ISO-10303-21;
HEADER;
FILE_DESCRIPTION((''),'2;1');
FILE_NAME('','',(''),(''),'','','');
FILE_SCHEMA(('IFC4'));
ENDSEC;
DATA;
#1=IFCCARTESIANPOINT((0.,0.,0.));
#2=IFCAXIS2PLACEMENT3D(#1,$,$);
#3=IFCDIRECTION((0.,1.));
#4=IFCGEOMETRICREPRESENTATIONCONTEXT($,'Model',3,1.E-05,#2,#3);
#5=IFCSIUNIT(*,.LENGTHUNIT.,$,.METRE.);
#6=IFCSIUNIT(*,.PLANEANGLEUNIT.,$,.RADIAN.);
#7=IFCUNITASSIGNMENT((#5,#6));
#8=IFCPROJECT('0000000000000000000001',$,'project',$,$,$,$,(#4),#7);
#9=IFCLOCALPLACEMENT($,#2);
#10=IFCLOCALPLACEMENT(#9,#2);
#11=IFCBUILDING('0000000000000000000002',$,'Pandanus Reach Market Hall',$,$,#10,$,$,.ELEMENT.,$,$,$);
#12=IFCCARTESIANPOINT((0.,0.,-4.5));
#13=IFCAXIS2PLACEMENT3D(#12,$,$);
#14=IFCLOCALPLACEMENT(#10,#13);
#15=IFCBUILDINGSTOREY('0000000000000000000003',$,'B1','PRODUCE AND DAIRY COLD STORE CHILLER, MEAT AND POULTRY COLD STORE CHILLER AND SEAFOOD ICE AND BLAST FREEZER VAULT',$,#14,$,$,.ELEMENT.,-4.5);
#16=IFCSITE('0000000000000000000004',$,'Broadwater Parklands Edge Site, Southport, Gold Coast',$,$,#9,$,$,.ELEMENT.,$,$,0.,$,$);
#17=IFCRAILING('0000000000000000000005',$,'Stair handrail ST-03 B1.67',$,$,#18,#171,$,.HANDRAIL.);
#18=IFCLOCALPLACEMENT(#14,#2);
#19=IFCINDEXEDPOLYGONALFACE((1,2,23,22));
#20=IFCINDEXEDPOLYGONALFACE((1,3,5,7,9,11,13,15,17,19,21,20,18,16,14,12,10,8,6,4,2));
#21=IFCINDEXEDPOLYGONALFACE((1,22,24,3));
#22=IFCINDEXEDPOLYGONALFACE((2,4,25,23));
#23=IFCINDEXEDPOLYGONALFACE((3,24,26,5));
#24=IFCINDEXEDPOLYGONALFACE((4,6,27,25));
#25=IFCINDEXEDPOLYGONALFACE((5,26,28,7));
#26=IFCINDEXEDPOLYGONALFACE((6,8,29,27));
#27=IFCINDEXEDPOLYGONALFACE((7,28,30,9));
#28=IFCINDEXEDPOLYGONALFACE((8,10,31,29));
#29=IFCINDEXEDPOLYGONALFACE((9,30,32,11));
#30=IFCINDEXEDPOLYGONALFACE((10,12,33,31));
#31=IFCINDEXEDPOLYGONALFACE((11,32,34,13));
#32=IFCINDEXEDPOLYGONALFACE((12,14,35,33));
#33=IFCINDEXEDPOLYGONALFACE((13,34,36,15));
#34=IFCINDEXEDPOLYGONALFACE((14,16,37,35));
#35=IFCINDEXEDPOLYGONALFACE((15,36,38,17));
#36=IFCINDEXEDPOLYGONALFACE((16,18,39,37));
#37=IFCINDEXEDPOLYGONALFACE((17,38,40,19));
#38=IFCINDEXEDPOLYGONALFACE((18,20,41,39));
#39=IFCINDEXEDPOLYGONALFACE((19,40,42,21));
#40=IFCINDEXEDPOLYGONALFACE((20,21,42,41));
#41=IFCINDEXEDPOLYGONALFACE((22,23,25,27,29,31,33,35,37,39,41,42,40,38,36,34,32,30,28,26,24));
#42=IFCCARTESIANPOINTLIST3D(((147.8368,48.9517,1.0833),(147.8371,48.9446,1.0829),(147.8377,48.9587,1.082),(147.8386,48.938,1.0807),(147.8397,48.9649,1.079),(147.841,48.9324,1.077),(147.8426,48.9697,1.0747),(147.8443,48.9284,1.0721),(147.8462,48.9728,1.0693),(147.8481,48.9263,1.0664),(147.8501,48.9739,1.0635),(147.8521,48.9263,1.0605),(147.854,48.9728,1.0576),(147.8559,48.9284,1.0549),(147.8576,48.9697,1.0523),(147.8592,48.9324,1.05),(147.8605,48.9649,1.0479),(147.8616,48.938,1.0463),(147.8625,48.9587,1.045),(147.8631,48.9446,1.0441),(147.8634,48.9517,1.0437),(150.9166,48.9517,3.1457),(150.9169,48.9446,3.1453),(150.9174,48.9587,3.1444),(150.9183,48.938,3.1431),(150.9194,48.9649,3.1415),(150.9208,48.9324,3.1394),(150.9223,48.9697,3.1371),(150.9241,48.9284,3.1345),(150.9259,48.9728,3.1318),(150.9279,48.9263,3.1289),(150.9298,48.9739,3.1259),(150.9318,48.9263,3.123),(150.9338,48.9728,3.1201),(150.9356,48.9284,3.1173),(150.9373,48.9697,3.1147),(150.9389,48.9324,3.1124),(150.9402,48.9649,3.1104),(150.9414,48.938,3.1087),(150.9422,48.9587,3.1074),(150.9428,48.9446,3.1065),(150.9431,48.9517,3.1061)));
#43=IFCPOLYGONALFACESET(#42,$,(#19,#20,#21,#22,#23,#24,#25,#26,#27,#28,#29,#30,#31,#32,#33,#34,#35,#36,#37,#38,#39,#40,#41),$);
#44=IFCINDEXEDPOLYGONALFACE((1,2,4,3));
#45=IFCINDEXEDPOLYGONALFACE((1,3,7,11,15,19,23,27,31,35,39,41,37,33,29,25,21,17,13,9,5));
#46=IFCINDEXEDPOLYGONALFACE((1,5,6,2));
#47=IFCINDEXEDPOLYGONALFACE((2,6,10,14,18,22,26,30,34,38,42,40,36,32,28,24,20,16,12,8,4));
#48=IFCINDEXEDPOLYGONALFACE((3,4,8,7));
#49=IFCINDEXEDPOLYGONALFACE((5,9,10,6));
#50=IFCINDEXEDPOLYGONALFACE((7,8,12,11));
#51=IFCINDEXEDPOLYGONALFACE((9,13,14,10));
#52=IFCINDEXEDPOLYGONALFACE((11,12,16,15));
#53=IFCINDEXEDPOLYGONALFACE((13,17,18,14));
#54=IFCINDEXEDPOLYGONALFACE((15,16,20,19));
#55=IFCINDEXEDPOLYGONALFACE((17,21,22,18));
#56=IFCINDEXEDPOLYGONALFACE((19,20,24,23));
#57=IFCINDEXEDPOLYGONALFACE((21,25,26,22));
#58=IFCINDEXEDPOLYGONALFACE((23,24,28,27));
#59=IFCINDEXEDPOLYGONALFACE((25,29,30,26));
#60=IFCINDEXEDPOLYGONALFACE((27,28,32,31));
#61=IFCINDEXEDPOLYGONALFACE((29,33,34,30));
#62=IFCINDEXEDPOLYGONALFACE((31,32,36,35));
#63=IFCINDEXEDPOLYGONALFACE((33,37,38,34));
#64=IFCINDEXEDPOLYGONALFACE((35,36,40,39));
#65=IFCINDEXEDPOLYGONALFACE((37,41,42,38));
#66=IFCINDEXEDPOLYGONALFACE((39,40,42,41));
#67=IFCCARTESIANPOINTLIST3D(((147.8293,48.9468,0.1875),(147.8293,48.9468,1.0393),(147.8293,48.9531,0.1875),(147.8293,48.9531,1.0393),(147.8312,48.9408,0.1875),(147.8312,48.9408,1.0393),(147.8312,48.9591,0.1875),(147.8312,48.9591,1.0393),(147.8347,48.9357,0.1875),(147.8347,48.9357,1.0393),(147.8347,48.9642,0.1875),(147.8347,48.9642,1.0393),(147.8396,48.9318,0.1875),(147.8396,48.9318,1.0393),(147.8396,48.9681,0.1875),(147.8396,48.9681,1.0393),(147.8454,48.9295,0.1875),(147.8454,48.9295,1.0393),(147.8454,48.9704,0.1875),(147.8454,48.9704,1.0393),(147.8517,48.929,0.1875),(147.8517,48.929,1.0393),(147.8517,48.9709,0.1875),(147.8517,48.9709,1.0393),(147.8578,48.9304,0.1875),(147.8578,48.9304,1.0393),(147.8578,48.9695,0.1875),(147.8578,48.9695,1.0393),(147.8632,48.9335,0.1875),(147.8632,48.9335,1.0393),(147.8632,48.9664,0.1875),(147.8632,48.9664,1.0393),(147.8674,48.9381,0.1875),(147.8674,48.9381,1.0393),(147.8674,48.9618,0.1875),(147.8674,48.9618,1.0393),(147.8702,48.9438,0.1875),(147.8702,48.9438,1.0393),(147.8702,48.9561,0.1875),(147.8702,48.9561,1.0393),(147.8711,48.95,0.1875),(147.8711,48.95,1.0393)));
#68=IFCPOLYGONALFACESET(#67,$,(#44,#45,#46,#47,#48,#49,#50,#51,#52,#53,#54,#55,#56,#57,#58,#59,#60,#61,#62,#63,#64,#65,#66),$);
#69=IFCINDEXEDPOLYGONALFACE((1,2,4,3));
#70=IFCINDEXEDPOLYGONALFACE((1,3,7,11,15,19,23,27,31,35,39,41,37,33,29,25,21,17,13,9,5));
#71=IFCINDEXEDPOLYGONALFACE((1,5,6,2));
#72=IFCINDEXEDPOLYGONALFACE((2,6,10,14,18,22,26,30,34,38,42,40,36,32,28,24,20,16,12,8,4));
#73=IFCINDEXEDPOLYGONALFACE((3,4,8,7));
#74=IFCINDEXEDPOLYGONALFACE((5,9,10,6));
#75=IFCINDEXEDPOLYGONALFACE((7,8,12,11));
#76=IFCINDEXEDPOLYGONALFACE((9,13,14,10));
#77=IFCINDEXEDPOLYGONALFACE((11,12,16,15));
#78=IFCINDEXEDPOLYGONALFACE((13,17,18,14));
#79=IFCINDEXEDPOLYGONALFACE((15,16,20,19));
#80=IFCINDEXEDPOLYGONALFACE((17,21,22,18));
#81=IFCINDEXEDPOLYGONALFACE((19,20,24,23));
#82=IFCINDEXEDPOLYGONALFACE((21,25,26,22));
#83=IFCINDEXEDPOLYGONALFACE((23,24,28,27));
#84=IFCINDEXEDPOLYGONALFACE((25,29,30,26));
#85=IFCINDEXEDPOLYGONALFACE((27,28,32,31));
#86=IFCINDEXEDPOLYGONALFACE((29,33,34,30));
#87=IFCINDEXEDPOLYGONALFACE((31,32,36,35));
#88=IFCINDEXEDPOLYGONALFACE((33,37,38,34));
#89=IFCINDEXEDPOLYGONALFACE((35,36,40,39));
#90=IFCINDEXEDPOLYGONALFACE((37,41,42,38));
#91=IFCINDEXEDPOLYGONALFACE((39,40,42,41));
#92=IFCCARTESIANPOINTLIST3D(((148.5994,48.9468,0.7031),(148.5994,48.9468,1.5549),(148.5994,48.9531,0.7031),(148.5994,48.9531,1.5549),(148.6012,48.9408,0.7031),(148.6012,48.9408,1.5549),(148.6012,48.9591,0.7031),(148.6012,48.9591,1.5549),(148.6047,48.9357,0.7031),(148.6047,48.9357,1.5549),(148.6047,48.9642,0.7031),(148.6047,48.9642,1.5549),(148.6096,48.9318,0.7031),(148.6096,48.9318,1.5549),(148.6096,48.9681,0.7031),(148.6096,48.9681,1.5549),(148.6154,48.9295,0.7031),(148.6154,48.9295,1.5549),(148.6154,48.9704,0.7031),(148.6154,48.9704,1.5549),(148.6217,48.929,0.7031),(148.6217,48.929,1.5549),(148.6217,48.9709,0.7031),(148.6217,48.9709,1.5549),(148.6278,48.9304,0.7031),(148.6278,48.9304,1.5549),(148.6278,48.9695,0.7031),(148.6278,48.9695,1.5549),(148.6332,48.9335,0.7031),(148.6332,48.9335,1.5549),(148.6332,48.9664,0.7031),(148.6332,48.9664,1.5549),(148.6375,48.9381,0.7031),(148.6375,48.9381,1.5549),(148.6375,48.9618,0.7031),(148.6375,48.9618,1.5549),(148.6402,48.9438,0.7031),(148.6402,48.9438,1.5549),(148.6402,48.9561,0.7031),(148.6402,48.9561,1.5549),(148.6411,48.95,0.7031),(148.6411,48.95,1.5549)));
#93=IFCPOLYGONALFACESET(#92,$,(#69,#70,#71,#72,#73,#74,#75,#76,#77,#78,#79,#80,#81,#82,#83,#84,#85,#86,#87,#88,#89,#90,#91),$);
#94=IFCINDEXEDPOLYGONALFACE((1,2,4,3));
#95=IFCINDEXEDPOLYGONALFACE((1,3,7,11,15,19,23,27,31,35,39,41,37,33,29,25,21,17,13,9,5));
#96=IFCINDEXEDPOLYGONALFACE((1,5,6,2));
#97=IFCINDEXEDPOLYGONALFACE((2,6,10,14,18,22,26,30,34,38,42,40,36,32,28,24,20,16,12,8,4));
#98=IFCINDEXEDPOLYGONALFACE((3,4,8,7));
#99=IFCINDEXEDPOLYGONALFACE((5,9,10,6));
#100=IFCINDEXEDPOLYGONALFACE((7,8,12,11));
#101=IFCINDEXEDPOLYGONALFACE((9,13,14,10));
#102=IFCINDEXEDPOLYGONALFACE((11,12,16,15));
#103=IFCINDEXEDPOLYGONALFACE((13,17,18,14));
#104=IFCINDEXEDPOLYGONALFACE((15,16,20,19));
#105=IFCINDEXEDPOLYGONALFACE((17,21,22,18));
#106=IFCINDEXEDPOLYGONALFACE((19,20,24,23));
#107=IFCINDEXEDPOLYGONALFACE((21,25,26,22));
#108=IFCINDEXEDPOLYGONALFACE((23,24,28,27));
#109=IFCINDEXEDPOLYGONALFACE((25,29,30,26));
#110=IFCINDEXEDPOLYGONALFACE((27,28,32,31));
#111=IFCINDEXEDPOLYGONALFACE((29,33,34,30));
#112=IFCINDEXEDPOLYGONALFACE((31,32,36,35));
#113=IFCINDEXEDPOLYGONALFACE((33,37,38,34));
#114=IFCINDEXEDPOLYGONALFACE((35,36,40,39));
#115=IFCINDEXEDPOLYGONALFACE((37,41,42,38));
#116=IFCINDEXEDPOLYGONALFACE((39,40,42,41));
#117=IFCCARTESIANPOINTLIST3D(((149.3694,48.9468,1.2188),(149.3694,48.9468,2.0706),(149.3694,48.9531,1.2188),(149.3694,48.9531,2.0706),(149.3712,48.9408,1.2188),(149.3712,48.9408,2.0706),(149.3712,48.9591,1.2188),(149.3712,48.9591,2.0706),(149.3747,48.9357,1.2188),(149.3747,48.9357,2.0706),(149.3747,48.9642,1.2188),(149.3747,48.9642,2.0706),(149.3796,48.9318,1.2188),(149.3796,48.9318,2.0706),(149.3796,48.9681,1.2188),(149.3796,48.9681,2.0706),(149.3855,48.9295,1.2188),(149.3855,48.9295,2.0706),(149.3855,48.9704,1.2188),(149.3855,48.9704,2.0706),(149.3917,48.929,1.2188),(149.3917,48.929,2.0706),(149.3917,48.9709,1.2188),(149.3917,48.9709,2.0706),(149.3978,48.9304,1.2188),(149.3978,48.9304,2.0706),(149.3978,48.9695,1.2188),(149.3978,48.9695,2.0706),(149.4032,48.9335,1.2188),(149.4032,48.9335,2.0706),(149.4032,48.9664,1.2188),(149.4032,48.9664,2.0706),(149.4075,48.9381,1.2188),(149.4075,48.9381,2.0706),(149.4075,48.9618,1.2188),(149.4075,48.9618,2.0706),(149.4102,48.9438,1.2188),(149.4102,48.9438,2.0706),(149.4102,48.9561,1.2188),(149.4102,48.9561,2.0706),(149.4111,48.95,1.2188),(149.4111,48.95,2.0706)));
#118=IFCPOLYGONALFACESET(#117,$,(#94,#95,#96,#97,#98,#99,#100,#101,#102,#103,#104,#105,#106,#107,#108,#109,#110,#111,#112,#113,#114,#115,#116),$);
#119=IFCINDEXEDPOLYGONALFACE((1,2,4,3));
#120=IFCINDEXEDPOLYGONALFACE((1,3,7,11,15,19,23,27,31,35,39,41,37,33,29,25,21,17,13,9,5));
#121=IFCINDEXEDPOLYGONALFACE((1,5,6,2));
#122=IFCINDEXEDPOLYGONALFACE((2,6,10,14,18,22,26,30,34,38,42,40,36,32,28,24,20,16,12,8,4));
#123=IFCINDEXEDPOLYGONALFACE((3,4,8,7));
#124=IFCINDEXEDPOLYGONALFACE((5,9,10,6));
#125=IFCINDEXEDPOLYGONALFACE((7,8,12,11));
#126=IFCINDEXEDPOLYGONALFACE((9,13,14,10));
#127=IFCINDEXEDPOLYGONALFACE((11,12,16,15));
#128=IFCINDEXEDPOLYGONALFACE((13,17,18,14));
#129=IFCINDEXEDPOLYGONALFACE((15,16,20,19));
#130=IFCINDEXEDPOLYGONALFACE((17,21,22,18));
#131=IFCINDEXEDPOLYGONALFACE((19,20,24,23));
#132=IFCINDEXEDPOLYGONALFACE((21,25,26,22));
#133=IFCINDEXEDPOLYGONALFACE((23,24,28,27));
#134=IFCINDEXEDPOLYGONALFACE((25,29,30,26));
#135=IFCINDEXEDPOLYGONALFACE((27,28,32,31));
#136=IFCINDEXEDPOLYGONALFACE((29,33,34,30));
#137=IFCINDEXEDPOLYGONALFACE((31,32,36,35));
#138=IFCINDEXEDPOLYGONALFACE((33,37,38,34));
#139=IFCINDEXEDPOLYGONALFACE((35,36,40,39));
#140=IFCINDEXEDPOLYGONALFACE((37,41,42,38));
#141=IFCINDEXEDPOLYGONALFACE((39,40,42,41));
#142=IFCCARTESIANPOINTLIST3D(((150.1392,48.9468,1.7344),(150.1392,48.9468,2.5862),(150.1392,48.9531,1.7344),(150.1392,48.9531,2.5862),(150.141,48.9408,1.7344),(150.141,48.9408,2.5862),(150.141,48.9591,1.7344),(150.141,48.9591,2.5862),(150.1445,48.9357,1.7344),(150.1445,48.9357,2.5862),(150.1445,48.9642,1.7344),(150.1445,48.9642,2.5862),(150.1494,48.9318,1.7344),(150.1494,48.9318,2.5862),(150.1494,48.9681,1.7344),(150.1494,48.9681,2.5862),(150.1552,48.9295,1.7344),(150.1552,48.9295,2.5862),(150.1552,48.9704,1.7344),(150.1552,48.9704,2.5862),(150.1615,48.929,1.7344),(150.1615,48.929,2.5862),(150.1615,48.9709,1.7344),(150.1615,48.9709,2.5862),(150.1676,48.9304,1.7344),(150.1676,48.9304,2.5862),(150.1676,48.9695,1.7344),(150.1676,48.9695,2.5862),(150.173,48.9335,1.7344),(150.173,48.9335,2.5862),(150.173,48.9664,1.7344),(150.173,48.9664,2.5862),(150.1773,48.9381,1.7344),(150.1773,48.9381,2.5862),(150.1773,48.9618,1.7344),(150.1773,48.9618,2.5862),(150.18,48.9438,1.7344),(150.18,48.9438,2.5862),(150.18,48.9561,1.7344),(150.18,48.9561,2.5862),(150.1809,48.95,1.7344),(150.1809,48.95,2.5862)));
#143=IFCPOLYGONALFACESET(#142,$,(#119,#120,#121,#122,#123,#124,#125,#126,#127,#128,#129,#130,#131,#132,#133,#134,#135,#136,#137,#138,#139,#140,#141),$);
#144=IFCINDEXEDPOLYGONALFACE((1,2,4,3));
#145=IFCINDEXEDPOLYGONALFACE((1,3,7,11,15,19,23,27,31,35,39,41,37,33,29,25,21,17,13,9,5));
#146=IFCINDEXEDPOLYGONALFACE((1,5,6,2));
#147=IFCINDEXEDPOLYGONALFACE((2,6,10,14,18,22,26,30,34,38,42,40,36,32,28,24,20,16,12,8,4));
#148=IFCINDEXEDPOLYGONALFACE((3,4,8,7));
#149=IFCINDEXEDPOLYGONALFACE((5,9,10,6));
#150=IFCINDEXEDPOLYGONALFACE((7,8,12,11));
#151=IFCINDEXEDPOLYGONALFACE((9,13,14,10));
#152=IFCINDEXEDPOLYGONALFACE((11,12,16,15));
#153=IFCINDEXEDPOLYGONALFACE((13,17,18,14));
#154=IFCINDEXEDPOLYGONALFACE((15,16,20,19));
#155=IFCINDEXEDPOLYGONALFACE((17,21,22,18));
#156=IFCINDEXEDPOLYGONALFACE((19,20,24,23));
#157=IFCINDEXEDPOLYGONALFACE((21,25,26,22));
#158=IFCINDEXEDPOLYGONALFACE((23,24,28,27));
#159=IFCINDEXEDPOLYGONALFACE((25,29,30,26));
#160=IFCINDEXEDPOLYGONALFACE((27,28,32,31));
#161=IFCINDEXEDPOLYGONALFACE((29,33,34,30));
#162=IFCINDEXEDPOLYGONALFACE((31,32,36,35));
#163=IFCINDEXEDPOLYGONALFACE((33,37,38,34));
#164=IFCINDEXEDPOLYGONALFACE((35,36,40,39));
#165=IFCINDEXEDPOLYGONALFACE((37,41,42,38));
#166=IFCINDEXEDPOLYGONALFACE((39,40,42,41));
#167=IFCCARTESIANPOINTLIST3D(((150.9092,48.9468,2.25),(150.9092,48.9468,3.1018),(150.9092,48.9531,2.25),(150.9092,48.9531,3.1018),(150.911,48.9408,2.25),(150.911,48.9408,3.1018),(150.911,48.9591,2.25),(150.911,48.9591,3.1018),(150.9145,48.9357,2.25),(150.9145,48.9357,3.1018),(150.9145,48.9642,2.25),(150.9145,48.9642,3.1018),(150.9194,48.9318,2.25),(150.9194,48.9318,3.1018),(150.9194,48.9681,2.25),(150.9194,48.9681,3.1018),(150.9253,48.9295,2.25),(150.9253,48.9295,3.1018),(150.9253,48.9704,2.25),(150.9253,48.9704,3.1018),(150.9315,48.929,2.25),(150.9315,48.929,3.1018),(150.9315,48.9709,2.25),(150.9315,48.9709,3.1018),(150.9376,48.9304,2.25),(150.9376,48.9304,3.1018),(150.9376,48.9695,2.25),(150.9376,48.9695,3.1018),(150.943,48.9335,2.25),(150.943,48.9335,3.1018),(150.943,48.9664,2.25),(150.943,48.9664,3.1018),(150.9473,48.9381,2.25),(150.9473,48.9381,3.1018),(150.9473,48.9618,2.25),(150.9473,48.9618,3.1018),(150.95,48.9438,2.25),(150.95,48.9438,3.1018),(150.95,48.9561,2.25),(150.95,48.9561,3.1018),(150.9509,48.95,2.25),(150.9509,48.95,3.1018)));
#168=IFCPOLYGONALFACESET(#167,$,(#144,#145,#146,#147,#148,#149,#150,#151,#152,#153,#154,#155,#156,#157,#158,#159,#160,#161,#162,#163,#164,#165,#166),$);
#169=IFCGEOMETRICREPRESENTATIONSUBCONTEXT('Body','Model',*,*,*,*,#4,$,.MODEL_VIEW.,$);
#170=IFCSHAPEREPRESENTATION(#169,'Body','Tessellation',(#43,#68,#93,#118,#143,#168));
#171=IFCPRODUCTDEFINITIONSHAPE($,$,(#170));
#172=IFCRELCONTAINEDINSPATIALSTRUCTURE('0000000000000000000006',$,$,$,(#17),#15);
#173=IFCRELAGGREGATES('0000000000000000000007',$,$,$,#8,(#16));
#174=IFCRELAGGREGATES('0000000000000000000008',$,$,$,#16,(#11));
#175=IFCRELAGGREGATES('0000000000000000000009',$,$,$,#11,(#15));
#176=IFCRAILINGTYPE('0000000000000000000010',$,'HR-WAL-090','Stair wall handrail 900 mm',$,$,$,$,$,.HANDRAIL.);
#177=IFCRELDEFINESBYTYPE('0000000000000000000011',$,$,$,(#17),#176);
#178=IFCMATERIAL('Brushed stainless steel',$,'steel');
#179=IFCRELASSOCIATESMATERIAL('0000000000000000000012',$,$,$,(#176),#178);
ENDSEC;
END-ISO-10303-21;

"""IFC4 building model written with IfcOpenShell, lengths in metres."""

from ifc_helpers import new_model, si_unit, direction, frame, origin, origin_2d, place, context, subcontext, project, spatial, circle, extrude, material, type_object, element, save


model = new_model("IFC4")

# Units and contexts
model_context = context("Model", 3, precision=1e-05, world=origin(), true_north=direction((0.0, 1.0)))
body_context = subcontext(model_context, "Body", "Model", "MODEL_VIEW")
ifc_project = project(units=[si_unit("LENGTHUNIT", "METRE"), si_unit("PLANEANGLEUNIT", "RADIAN")], contexts=[model_context])

# Site, building, storey
site_placement = place(None, origin())
site = spatial("IfcSite", under=ifc_project, at=site_placement, Name="Broadwater Parklands Edge Site, Southport, Gold Coast", CompositionType="ELEMENT", RefElevation=0.0)
building_placement = place(site_placement, origin())
building = spatial("IfcBuilding", under=site, at=building_placement, Name="Pandanus Reach Market Hall", CompositionType="ELEMENT")
storey_placement = place(building_placement, frame((0.0, 0.0, -4.5)))
storey = spatial("IfcBuildingStorey", under=building, at=storey_placement, Name="B1", Description="PRODUCE AND DAIRY COLD STORE CHILLER, MEAT AND POULTRY COLD STORE CHILLER AND SEAFOOD ICE AND BLAST FREEZER VAULT", CompositionType="ELEMENT", Elevation=-4.5)

# Railing
ifc_material_1 = material(Name="Brushed stainless steel", Category="steel")
railing_type_1 = type_object("IfcRailingType", Name="HR-WAL-090", Description="Stair wall handrail 900 mm", PredefinedType="HANDRAIL", material=ifc_material_1)
railing_1_placement = place(storey_placement, frame((147.8501, 48.95, 0.1875)))
element("IfcRailing", 1, at=railing_1_placement, inside=storey, type_object=railing_type_1, Name="Stair handrail ST-03 B1.67", PredefinedType="HANDRAIL", context=body_context, shape_type="SweptSolid", body=[
    extrude(circle(Radius=0.0239, at=origin_2d()), frame((0.0, 0.0, 0.876), z_axis=(0.830893, 0.0, 0.556432), x_axis=(0.0, 1.0, 0.0)), (0.0, 0.0, 1.0), 3.7065),
    extrude(circle(Radius=0.021, at=origin_2d()), origin(), (0.0, 0.0, 1.0), 0.8518),
    extrude(circle(Radius=0.021, at=origin_2d()), frame((0.77, 0.0, 0.5156)), (0.0, 0.0, 1.0), 0.8518),
    extrude(circle(Radius=0.021, at=origin_2d()), frame((1.54, 0.0, 1.0312)), (0.0, 0.0, 1.0), 0.8518),
    extrude(circle(Radius=0.021, at=origin_2d()), frame((2.3098, 0.0, 1.5469)), (0.0, 0.0, 1.0), 0.8518),
    extrude(circle(Radius=0.021, at=origin_2d()), frame((3.0798, 0.0, 2.0625)), (0.0, 0.0, 1.0), 0.8518),
])

save(model, "model.ifc")
